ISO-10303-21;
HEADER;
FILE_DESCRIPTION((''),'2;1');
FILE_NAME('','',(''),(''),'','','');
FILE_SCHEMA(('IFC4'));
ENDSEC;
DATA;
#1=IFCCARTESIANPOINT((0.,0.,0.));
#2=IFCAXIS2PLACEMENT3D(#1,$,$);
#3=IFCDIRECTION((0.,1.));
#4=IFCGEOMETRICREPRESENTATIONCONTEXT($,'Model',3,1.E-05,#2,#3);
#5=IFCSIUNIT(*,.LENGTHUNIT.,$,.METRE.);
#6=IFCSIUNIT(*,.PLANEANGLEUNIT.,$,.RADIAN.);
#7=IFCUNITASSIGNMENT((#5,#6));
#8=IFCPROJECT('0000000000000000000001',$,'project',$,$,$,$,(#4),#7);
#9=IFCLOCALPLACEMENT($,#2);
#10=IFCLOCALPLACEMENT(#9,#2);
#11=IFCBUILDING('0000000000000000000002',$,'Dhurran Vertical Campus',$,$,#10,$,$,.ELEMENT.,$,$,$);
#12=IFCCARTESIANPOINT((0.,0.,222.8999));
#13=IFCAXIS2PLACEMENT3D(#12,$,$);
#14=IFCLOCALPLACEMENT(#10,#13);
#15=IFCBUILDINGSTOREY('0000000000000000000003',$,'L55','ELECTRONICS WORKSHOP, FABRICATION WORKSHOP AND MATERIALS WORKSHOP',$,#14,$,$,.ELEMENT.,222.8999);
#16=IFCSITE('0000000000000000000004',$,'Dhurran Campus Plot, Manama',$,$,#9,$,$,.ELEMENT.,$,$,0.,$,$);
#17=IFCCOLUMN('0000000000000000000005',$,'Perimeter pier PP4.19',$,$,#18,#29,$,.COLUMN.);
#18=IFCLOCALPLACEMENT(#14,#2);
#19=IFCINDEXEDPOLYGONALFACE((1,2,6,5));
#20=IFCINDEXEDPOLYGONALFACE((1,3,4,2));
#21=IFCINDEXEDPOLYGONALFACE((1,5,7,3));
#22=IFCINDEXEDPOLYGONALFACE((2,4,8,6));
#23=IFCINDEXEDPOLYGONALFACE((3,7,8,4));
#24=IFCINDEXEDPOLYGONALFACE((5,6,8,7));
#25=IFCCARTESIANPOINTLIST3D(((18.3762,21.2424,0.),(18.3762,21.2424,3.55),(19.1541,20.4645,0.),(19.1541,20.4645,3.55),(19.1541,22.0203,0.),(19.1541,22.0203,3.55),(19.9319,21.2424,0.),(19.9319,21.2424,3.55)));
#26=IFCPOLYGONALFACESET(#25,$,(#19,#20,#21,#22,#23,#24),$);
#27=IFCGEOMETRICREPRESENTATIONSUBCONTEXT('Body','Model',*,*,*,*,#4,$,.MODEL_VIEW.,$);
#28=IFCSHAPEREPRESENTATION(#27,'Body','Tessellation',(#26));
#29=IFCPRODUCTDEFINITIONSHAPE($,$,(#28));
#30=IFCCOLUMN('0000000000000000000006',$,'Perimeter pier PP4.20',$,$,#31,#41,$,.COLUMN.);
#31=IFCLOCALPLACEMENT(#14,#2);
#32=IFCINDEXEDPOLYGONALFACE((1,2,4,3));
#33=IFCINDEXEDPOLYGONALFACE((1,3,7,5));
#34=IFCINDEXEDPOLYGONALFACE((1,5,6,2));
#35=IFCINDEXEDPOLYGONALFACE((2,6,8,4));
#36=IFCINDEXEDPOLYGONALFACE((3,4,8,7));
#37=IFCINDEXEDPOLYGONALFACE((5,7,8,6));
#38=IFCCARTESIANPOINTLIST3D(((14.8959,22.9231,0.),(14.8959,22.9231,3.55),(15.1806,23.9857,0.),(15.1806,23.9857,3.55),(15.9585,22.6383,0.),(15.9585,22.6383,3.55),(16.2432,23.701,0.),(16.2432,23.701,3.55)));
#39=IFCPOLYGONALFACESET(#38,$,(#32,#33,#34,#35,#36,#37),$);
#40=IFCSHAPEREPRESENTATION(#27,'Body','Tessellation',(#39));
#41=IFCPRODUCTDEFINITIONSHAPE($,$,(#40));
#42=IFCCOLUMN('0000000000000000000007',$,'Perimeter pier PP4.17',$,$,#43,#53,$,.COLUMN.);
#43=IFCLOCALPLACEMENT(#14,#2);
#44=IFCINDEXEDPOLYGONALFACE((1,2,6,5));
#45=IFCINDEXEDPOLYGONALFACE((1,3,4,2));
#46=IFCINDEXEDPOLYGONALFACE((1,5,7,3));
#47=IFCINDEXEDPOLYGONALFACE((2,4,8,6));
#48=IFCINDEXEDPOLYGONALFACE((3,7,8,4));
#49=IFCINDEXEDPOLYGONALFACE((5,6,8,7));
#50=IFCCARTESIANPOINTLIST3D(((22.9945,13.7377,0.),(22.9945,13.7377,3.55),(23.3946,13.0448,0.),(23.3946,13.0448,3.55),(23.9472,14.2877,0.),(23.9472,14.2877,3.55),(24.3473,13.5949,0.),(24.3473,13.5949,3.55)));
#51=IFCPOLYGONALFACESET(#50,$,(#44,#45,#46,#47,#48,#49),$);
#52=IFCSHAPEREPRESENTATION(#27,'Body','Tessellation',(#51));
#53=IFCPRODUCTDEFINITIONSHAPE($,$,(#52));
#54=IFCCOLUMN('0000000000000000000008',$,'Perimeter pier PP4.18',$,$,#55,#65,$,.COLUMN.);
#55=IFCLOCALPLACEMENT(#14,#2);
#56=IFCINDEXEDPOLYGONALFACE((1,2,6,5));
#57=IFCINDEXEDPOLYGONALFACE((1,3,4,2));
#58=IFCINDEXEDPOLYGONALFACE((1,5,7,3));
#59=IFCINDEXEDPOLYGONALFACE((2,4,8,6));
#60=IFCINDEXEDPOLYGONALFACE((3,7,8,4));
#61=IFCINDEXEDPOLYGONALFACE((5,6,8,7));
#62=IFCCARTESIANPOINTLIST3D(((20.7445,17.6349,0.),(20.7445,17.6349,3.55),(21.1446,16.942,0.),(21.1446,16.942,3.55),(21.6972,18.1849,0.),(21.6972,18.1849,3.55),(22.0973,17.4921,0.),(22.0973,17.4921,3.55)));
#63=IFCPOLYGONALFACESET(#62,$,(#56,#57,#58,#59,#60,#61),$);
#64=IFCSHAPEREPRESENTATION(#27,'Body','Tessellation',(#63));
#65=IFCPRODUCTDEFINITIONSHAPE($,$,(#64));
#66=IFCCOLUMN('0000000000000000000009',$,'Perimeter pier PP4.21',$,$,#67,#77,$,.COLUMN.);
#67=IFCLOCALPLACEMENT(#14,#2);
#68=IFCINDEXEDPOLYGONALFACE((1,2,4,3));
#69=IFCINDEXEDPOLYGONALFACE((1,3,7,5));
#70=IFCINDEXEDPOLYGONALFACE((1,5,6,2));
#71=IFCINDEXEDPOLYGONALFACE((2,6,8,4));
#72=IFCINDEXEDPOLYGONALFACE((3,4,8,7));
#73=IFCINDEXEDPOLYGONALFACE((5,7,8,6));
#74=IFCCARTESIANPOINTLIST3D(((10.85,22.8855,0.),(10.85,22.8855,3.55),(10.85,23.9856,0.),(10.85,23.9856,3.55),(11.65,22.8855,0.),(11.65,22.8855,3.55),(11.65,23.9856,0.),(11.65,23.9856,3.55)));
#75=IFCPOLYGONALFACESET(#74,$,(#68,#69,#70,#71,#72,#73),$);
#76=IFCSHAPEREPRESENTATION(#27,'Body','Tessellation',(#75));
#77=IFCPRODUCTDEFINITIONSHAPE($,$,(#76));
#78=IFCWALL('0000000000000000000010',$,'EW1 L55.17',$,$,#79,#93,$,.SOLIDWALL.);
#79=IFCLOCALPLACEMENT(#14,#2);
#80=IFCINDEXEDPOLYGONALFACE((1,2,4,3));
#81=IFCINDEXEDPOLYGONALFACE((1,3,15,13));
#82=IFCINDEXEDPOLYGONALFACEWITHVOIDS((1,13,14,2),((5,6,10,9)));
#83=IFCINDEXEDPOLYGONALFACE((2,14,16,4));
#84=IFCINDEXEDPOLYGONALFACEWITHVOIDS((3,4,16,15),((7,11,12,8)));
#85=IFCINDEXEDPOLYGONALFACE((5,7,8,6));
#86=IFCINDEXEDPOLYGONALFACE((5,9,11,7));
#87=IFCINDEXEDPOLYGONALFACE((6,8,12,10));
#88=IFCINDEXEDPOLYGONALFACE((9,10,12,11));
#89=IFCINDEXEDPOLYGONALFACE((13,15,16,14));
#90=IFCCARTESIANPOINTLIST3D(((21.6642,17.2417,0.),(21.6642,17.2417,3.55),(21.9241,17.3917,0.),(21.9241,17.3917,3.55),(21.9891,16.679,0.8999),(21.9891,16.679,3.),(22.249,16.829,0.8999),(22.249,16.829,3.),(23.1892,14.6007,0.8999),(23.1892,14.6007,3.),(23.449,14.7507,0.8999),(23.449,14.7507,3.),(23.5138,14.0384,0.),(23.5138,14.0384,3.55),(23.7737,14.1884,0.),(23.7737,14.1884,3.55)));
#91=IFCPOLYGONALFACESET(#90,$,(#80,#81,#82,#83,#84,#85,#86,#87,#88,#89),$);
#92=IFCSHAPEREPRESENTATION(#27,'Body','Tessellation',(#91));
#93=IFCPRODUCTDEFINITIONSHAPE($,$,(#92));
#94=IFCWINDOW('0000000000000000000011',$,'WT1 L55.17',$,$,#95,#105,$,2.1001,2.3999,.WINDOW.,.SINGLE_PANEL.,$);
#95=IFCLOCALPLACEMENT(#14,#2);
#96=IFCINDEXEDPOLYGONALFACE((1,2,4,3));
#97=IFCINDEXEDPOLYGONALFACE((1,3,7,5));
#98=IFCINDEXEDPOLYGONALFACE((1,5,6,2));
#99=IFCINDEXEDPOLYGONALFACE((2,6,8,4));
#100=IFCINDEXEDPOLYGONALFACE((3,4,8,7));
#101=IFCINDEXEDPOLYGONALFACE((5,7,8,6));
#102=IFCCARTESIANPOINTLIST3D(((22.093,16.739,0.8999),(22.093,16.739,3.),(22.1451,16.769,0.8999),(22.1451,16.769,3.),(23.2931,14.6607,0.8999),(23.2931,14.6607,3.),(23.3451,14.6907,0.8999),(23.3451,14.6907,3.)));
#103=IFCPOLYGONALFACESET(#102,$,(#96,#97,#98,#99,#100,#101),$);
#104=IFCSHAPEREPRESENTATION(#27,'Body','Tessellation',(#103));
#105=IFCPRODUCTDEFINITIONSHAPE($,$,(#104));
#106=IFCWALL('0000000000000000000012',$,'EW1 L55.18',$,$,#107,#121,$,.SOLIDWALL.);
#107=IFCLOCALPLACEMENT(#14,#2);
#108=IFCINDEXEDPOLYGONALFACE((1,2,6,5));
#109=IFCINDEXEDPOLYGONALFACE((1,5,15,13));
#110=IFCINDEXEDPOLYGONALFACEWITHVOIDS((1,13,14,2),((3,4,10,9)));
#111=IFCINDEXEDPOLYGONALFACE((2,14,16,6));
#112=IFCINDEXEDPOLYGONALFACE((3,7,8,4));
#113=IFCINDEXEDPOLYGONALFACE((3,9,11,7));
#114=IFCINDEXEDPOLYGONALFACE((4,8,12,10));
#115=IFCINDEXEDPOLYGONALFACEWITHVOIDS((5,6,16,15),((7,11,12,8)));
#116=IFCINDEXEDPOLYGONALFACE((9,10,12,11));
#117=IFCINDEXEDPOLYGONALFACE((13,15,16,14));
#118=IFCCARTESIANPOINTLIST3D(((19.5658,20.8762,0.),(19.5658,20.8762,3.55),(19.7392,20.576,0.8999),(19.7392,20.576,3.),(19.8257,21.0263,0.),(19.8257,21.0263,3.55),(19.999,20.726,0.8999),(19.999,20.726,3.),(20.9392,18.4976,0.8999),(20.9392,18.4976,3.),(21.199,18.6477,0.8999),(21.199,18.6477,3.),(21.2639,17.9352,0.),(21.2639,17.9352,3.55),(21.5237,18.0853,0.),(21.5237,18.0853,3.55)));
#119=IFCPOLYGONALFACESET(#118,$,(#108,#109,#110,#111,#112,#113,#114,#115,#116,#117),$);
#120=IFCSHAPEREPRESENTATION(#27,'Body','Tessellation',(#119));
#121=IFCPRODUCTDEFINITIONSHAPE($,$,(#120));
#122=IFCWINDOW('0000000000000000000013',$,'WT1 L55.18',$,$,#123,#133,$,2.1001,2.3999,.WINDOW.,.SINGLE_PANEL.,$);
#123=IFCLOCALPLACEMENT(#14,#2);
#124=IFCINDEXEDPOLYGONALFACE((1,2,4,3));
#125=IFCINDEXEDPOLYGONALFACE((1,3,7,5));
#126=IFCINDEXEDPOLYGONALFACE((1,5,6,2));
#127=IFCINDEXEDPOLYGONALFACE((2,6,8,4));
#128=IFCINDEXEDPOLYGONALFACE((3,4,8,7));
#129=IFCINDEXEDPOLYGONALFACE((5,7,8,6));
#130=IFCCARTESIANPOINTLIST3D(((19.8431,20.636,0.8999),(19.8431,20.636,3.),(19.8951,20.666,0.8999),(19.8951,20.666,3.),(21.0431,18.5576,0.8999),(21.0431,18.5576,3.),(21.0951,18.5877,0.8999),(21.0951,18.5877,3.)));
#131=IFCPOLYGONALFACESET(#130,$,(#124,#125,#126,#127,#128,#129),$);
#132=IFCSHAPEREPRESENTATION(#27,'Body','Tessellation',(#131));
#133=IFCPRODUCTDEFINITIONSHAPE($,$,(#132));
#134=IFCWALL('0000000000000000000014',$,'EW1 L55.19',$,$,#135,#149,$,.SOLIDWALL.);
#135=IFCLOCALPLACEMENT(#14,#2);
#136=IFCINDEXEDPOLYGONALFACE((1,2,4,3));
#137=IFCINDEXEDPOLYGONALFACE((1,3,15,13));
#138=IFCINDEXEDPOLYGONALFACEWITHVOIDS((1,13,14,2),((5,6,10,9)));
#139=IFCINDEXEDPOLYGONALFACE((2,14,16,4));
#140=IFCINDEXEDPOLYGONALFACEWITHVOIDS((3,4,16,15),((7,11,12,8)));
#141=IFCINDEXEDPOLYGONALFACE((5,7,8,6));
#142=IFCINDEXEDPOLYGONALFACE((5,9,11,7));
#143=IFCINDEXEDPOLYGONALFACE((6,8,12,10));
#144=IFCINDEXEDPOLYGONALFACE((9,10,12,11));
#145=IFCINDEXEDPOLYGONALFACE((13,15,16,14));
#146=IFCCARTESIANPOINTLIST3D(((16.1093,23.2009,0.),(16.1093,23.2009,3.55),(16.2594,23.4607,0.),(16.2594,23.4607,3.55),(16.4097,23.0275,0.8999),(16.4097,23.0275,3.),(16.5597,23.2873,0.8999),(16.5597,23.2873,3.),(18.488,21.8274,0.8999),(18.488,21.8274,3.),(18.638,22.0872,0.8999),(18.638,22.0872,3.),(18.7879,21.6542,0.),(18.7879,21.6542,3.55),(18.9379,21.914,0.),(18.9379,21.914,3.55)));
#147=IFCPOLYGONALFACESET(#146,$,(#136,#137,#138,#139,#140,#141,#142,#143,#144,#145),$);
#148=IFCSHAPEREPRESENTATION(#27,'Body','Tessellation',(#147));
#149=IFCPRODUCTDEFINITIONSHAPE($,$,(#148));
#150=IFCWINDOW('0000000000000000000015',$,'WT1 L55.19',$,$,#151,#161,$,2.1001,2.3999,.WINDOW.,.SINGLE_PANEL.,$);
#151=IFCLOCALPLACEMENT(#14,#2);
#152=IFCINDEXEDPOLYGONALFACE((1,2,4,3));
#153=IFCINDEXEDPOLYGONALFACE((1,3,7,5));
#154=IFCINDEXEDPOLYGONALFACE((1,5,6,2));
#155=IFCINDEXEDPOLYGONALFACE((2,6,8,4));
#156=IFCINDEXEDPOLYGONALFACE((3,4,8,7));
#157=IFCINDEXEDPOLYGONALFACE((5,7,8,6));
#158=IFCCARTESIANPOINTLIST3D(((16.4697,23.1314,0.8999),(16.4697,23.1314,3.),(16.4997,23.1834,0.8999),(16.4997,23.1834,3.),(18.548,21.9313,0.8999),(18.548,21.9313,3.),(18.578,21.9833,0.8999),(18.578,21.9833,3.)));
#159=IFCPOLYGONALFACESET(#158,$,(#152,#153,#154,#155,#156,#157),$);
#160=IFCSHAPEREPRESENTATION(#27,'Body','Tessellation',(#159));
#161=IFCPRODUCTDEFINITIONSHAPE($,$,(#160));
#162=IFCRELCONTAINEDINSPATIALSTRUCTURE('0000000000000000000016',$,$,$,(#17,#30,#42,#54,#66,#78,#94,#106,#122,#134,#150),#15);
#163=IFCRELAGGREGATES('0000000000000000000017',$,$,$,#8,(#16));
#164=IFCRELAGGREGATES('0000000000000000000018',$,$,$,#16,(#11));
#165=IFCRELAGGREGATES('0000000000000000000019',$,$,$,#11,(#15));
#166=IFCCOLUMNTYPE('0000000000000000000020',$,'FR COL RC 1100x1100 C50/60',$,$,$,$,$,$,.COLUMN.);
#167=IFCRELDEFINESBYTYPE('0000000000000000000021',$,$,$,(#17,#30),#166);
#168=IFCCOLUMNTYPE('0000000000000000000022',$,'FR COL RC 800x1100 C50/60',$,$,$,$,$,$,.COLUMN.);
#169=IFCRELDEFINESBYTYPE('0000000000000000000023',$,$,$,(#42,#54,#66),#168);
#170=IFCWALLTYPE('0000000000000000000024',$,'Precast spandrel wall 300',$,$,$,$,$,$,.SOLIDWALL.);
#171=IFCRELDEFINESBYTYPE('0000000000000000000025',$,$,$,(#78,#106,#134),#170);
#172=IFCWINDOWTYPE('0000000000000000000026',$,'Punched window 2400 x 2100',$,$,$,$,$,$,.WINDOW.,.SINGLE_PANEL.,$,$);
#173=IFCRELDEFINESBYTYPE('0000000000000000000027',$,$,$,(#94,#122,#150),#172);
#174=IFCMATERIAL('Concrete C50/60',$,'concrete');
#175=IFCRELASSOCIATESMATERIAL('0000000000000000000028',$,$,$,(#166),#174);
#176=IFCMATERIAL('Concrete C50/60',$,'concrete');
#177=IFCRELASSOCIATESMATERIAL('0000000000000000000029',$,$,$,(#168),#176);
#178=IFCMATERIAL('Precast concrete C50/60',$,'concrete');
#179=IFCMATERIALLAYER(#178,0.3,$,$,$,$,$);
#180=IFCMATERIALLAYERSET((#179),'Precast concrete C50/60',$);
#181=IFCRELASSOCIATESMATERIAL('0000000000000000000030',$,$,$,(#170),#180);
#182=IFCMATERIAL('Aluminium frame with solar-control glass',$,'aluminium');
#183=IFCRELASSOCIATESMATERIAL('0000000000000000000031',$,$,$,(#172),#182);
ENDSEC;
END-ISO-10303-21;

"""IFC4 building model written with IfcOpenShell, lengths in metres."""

from ifc_helpers import new_model, si_unit, direction, frame, frame_2d, origin, origin_2d, place, context, subcontext, project, spatial, rectangle, extrude, material, layer, layer_set, material_profile, profile_set, type_object, element, fill, save


model = new_model("IFC4")

# Units and contexts
model_context = context("Model", 3, precision=1e-05, world=origin(), true_north=direction((0.0, 1.0)))
body_context = subcontext(model_context, "Body", "Model", "MODEL_VIEW")
ifc_project = project(units=[si_unit("LENGTHUNIT", "METRE"), si_unit("PLANEANGLEUNIT", "RADIAN")], contexts=[model_context])

# Site, building, storey
site_placement = place(None, origin())
site = spatial("IfcSite", under=ifc_project, at=site_placement, Name="Dhurran Campus Plot, Manama", CompositionType="ELEMENT", RefElevation=0.0)
building_placement = place(site_placement, origin())
building = spatial("IfcBuilding", under=site, at=building_placement, Name="Dhurran Vertical Campus", CompositionType="ELEMENT")
storey_placement = place(building_placement, frame((0.0, 0.0, 222.8999)))
storey = spatial("IfcBuildingStorey", under=building, at=storey_placement, Name="L55", Description="ELECTRONICS WORKSHOP, FABRICATION WORKSHOP AND MATERIALS WORKSHOP", CompositionType="ELEMENT", Elevation=222.8999)

# Columns
ifc_material_1 = material(Name="Concrete C50/60", Category="concrete")
ifc_material_profile_1 = material_profile(ifc_material_1, rectangle(XDim=1.1001, YDim=1.1001, at=origin_2d()), Name="RC 1100x1100")
ifc_profile_set_1 = profile_set([ifc_material_profile_1], Name="Concrete C50/60")
column_type_1 = type_object("IfcColumnType", Name="FR COL RC 1100x1100 C50/60", PredefinedType="COLUMN", material=ifc_profile_set_1)
for number, where, z_axis, x_axis, name in (
    (1, (19.1541, 21.2424, 0.0), (0.0, 0.0, 1.0), (-0.707107, 0.707107, 0.0), "Perimeter pier PP4.19"),
    (2, (15.5696, 23.312, 0.0), (0.0, 0.0, 1.0), (-0.965926, 0.258819, 0.0), "Perimeter pier PP4.20"),
):
    element("IfcColumn", number, at=place(storey_placement, frame(where, z_axis=z_axis, x_axis=x_axis)), inside=storey, type_object=column_type_1, Name=name, PredefinedType="COLUMN", context=body_context, shape_type="SweptSolid", body=[
        extrude(rectangle(XDim=1.1001, YDim=1.1001, at=origin_2d()), origin(), (0.0, 0.0, 1.0), 3.55),
    ])
ifc_material_2 = material(Name="Concrete C50/60", Category="concrete")
ifc_material_profile_2 = material_profile(ifc_material_2, rectangle(XDim=0.8, YDim=1.1001, at=origin_2d()), Name="RC 800x1100")
ifc_profile_set_2 = profile_set([ifc_material_profile_2], Name="Concrete C50/60")
column_type_2 = type_object("IfcColumnType", Name="FR COL RC 800x1100 C50/60", PredefinedType="COLUMN", material=ifc_profile_set_2)
for number, where, z_axis, x_axis, name in (
    (3, (23.6709, 13.6663, 0.0), (0.0, 0.0, 1.0), (-0.5, 0.866025, 0.0), "Perimeter pier PP4.17"),
    (4, (21.4209, 17.5635, 0.0), (0.0, 0.0, 1.0), (-0.5, 0.866025, 0.0), "Perimeter pier PP4.18"),
    (5, (11.25, 23.4355, 0.0), (0.0, 0.0, 1.0), (-1.0, 0.0, 0.0), "Perimeter pier PP4.21"),
):
    element("IfcColumn", number, at=place(storey_placement, frame(where, z_axis=z_axis, x_axis=x_axis)), inside=storey, type_object=column_type_2, Name=name, PredefinedType="COLUMN", context=body_context, shape_type="SweptSolid", body=[
        extrude(rectangle(XDim=0.8, YDim=1.1001, at=origin_2d()), origin(), (0.0, 0.0, 1.0), 3.55),
    ])

# Walls, openings, windows
ifc_material_3 = material(Name="Precast concrete C50/60", Category="concrete")
ifc_layer_1 = layer(ifc_material_3, 0.3)
ifc_layer_set_1 = layer_set([ifc_layer_1], Name="Precast concrete C50/60")
wall_type_1 = type_object("IfcWallType", Name="Precast spandrel wall 300", PredefinedType="SOLIDWALL", material=ifc_layer_set_1)
wall_1_placement = place(storey_placement, frame((23.6438, 14.1133, 0.0), z_axis=(0.0, 0.0, 1.0), x_axis=(-0.500029, 0.866009, 0.0)))
wall_1 = element("IfcWall", 6, at=wall_1_placement, inside=storey, type_object=wall_type_1, Name="EW1 L55.17", PredefinedType="SOLIDWALL", context=body_context, shape_type="SweptSolid", body=[
    extrude(rectangle(XDim=3.699, YDim=0.3, at=frame_2d((1.8496, 0.0))), origin(), (0.0, 0.0, 1.0), 3.55),
])
opening_1_placement = place(wall_1_placement, frame((0.6494, 0.0, 0.8999)))
opening_1 = element("IfcOpeningElement", 7, at=opening_1_placement, cuts=wall_1, PredefinedType="OPENING", context=body_context, shape_type="SweptSolid", body=[
    extrude(rectangle(XDim=2.3999, YDim=2.1001, at=frame_2d((1.2, 1.05))), frame((0.0, 0.1599, 0.0), z_axis=(0.0, -1.0, 0.0), x_axis=(1.0, 0.0, 0.0)), (0.0, 0.0, 1.0), 0.3201),
])
ifc_material_4 = material(Name="Aluminium frame with solar-control glass", Category="aluminium")
window_type = type_object("IfcWindowType", Name="Punched window 2400 x 2100", PartitioningType="SINGLE_PANEL", PredefinedType="WINDOW", material=ifc_material_4)
window_1_placement = place(opening_1_placement, origin())
window_1 = element("IfcWindow", 8, at=window_1_placement, inside=storey, type_object=window_type, Name="WT1 L55.17", OverallHeight=2.1001, OverallWidth=2.3999, PartitioningType="SINGLE_PANEL", PredefinedType="WINDOW", context=body_context, shape_type="SweptSolid", body=[
    extrude(rectangle(XDim=2.3999, YDim=2.1001, at=frame_2d((1.2, 1.05))), frame((0.0, 0.03, 0.0), z_axis=(0.0, -1.0, 0.0), x_axis=(1.0, 0.0, 0.0)), (0.0, 0.0, 1.0), 0.0601),
])
fill(opening_1, window_1)
wall_2_placement = place(storey_placement, frame((21.3938, 18.0103, 0.0), z_axis=(0.0, 0.0, 1.0), x_axis=(-0.500013, 0.866018, 0.0)))
wall_2 = element("IfcWall", 9, at=wall_2_placement, inside=storey, type_object=wall_type_1, Name="EW1 L55.18", PredefinedType="SOLIDWALL", context=body_context, shape_type="SweptSolid", body=[
    extrude(rectangle(XDim=3.396, YDim=0.3, at=frame_2d((1.698, 0.0))), origin(), (0.0, 0.0, 1.0), 3.55),
])
opening_2_placement = place(wall_2_placement, frame((0.6494, 0.0, 0.8999)))
opening_2 = element("IfcOpeningElement", 10, at=opening_2_placement, cuts=wall_2, PredefinedType="OPENING", context=body_context, shape_type="SweptSolid", body=[
    extrude(rectangle(XDim=2.3999, YDim=2.1001, at=frame_2d((1.2, 1.05))), frame((0.0, 0.1599, 0.0), z_axis=(0.0, -1.0, 0.0), x_axis=(1.0, 0.0, 0.0)), (0.0, 0.0, 1.0), 0.3201),
])
window_2_placement = place(opening_2_placement, origin())
window_2 = element("IfcWindow", 11, at=window_2_placement, inside=storey, type_object=window_type, Name="WT1 L55.18", OverallHeight=2.1001, OverallWidth=2.3999, PartitioningType="SINGLE_PANEL", PredefinedType="WINDOW", context=body_context, shape_type="SweptSolid", body=[
    extrude(rectangle(XDim=2.3999, YDim=2.1001, at=frame_2d((1.2, 1.05))), frame((0.0, 0.03, 0.0), z_axis=(0.0, -1.0, 0.0), x_axis=(1.0, 0.0, 0.0)), (0.0, 0.0, 1.0), 0.0601),
])
fill(opening_2, window_2)
wall_3_placement = place(storey_placement, frame((18.8628, 21.7842, 0.0), z_axis=(0.0, 0.0, 1.0), x_axis=(-0.865995, 0.500053, 0.0)))
wall_3 = element("IfcWall", 12, at=wall_3_placement, inside=storey, type_object=wall_type_1, Name="EW1 L55.19", PredefinedType="SOLIDWALL", context=body_context, shape_type="SweptSolid", body=[
    extrude(rectangle(XDim=3.093, YDim=0.3, at=frame_2d((1.5464, 0.0))), origin(), (0.0, 0.0, 1.0), 3.55),
])
opening_3_placement = place(wall_3_placement, frame((0.3462, 0.0, 0.8999)))
opening_3 = element("IfcOpeningElement", 13, at=opening_3_placement, cuts=wall_3, PredefinedType="OPENING", context=body_context, shape_type="SweptSolid", body=[
    extrude(rectangle(XDim=2.3999, YDim=2.1001, at=frame_2d((1.2, 1.05))), frame((0.0, 0.1599, 0.0), z_axis=(0.0, -1.0, 0.0), x_axis=(1.0, 0.0, 0.0)), (0.0, 0.0, 1.0), 0.3201),
])
window_3_placement = place(opening_3_placement, origin())
window_3 = element("IfcWindow", 14, at=window_3_placement, inside=storey, type_object=window_type, Name="WT1 L55.19", OverallHeight=2.1001, OverallWidth=2.3999, PartitioningType="SINGLE_PANEL", PredefinedType="WINDOW", context=body_context, shape_type="SweptSolid", body=[
    extrude(rectangle(XDim=2.3999, YDim=2.1001, at=frame_2d((1.2, 1.05))), frame((0.0, 0.03, 0.0), z_axis=(0.0, -1.0, 0.0), x_axis=(1.0, 0.0, 0.0)), (0.0, 0.0, 1.0), 0.0601),
])
fill(opening_3, window_3)

save(model, "model.ifc")
